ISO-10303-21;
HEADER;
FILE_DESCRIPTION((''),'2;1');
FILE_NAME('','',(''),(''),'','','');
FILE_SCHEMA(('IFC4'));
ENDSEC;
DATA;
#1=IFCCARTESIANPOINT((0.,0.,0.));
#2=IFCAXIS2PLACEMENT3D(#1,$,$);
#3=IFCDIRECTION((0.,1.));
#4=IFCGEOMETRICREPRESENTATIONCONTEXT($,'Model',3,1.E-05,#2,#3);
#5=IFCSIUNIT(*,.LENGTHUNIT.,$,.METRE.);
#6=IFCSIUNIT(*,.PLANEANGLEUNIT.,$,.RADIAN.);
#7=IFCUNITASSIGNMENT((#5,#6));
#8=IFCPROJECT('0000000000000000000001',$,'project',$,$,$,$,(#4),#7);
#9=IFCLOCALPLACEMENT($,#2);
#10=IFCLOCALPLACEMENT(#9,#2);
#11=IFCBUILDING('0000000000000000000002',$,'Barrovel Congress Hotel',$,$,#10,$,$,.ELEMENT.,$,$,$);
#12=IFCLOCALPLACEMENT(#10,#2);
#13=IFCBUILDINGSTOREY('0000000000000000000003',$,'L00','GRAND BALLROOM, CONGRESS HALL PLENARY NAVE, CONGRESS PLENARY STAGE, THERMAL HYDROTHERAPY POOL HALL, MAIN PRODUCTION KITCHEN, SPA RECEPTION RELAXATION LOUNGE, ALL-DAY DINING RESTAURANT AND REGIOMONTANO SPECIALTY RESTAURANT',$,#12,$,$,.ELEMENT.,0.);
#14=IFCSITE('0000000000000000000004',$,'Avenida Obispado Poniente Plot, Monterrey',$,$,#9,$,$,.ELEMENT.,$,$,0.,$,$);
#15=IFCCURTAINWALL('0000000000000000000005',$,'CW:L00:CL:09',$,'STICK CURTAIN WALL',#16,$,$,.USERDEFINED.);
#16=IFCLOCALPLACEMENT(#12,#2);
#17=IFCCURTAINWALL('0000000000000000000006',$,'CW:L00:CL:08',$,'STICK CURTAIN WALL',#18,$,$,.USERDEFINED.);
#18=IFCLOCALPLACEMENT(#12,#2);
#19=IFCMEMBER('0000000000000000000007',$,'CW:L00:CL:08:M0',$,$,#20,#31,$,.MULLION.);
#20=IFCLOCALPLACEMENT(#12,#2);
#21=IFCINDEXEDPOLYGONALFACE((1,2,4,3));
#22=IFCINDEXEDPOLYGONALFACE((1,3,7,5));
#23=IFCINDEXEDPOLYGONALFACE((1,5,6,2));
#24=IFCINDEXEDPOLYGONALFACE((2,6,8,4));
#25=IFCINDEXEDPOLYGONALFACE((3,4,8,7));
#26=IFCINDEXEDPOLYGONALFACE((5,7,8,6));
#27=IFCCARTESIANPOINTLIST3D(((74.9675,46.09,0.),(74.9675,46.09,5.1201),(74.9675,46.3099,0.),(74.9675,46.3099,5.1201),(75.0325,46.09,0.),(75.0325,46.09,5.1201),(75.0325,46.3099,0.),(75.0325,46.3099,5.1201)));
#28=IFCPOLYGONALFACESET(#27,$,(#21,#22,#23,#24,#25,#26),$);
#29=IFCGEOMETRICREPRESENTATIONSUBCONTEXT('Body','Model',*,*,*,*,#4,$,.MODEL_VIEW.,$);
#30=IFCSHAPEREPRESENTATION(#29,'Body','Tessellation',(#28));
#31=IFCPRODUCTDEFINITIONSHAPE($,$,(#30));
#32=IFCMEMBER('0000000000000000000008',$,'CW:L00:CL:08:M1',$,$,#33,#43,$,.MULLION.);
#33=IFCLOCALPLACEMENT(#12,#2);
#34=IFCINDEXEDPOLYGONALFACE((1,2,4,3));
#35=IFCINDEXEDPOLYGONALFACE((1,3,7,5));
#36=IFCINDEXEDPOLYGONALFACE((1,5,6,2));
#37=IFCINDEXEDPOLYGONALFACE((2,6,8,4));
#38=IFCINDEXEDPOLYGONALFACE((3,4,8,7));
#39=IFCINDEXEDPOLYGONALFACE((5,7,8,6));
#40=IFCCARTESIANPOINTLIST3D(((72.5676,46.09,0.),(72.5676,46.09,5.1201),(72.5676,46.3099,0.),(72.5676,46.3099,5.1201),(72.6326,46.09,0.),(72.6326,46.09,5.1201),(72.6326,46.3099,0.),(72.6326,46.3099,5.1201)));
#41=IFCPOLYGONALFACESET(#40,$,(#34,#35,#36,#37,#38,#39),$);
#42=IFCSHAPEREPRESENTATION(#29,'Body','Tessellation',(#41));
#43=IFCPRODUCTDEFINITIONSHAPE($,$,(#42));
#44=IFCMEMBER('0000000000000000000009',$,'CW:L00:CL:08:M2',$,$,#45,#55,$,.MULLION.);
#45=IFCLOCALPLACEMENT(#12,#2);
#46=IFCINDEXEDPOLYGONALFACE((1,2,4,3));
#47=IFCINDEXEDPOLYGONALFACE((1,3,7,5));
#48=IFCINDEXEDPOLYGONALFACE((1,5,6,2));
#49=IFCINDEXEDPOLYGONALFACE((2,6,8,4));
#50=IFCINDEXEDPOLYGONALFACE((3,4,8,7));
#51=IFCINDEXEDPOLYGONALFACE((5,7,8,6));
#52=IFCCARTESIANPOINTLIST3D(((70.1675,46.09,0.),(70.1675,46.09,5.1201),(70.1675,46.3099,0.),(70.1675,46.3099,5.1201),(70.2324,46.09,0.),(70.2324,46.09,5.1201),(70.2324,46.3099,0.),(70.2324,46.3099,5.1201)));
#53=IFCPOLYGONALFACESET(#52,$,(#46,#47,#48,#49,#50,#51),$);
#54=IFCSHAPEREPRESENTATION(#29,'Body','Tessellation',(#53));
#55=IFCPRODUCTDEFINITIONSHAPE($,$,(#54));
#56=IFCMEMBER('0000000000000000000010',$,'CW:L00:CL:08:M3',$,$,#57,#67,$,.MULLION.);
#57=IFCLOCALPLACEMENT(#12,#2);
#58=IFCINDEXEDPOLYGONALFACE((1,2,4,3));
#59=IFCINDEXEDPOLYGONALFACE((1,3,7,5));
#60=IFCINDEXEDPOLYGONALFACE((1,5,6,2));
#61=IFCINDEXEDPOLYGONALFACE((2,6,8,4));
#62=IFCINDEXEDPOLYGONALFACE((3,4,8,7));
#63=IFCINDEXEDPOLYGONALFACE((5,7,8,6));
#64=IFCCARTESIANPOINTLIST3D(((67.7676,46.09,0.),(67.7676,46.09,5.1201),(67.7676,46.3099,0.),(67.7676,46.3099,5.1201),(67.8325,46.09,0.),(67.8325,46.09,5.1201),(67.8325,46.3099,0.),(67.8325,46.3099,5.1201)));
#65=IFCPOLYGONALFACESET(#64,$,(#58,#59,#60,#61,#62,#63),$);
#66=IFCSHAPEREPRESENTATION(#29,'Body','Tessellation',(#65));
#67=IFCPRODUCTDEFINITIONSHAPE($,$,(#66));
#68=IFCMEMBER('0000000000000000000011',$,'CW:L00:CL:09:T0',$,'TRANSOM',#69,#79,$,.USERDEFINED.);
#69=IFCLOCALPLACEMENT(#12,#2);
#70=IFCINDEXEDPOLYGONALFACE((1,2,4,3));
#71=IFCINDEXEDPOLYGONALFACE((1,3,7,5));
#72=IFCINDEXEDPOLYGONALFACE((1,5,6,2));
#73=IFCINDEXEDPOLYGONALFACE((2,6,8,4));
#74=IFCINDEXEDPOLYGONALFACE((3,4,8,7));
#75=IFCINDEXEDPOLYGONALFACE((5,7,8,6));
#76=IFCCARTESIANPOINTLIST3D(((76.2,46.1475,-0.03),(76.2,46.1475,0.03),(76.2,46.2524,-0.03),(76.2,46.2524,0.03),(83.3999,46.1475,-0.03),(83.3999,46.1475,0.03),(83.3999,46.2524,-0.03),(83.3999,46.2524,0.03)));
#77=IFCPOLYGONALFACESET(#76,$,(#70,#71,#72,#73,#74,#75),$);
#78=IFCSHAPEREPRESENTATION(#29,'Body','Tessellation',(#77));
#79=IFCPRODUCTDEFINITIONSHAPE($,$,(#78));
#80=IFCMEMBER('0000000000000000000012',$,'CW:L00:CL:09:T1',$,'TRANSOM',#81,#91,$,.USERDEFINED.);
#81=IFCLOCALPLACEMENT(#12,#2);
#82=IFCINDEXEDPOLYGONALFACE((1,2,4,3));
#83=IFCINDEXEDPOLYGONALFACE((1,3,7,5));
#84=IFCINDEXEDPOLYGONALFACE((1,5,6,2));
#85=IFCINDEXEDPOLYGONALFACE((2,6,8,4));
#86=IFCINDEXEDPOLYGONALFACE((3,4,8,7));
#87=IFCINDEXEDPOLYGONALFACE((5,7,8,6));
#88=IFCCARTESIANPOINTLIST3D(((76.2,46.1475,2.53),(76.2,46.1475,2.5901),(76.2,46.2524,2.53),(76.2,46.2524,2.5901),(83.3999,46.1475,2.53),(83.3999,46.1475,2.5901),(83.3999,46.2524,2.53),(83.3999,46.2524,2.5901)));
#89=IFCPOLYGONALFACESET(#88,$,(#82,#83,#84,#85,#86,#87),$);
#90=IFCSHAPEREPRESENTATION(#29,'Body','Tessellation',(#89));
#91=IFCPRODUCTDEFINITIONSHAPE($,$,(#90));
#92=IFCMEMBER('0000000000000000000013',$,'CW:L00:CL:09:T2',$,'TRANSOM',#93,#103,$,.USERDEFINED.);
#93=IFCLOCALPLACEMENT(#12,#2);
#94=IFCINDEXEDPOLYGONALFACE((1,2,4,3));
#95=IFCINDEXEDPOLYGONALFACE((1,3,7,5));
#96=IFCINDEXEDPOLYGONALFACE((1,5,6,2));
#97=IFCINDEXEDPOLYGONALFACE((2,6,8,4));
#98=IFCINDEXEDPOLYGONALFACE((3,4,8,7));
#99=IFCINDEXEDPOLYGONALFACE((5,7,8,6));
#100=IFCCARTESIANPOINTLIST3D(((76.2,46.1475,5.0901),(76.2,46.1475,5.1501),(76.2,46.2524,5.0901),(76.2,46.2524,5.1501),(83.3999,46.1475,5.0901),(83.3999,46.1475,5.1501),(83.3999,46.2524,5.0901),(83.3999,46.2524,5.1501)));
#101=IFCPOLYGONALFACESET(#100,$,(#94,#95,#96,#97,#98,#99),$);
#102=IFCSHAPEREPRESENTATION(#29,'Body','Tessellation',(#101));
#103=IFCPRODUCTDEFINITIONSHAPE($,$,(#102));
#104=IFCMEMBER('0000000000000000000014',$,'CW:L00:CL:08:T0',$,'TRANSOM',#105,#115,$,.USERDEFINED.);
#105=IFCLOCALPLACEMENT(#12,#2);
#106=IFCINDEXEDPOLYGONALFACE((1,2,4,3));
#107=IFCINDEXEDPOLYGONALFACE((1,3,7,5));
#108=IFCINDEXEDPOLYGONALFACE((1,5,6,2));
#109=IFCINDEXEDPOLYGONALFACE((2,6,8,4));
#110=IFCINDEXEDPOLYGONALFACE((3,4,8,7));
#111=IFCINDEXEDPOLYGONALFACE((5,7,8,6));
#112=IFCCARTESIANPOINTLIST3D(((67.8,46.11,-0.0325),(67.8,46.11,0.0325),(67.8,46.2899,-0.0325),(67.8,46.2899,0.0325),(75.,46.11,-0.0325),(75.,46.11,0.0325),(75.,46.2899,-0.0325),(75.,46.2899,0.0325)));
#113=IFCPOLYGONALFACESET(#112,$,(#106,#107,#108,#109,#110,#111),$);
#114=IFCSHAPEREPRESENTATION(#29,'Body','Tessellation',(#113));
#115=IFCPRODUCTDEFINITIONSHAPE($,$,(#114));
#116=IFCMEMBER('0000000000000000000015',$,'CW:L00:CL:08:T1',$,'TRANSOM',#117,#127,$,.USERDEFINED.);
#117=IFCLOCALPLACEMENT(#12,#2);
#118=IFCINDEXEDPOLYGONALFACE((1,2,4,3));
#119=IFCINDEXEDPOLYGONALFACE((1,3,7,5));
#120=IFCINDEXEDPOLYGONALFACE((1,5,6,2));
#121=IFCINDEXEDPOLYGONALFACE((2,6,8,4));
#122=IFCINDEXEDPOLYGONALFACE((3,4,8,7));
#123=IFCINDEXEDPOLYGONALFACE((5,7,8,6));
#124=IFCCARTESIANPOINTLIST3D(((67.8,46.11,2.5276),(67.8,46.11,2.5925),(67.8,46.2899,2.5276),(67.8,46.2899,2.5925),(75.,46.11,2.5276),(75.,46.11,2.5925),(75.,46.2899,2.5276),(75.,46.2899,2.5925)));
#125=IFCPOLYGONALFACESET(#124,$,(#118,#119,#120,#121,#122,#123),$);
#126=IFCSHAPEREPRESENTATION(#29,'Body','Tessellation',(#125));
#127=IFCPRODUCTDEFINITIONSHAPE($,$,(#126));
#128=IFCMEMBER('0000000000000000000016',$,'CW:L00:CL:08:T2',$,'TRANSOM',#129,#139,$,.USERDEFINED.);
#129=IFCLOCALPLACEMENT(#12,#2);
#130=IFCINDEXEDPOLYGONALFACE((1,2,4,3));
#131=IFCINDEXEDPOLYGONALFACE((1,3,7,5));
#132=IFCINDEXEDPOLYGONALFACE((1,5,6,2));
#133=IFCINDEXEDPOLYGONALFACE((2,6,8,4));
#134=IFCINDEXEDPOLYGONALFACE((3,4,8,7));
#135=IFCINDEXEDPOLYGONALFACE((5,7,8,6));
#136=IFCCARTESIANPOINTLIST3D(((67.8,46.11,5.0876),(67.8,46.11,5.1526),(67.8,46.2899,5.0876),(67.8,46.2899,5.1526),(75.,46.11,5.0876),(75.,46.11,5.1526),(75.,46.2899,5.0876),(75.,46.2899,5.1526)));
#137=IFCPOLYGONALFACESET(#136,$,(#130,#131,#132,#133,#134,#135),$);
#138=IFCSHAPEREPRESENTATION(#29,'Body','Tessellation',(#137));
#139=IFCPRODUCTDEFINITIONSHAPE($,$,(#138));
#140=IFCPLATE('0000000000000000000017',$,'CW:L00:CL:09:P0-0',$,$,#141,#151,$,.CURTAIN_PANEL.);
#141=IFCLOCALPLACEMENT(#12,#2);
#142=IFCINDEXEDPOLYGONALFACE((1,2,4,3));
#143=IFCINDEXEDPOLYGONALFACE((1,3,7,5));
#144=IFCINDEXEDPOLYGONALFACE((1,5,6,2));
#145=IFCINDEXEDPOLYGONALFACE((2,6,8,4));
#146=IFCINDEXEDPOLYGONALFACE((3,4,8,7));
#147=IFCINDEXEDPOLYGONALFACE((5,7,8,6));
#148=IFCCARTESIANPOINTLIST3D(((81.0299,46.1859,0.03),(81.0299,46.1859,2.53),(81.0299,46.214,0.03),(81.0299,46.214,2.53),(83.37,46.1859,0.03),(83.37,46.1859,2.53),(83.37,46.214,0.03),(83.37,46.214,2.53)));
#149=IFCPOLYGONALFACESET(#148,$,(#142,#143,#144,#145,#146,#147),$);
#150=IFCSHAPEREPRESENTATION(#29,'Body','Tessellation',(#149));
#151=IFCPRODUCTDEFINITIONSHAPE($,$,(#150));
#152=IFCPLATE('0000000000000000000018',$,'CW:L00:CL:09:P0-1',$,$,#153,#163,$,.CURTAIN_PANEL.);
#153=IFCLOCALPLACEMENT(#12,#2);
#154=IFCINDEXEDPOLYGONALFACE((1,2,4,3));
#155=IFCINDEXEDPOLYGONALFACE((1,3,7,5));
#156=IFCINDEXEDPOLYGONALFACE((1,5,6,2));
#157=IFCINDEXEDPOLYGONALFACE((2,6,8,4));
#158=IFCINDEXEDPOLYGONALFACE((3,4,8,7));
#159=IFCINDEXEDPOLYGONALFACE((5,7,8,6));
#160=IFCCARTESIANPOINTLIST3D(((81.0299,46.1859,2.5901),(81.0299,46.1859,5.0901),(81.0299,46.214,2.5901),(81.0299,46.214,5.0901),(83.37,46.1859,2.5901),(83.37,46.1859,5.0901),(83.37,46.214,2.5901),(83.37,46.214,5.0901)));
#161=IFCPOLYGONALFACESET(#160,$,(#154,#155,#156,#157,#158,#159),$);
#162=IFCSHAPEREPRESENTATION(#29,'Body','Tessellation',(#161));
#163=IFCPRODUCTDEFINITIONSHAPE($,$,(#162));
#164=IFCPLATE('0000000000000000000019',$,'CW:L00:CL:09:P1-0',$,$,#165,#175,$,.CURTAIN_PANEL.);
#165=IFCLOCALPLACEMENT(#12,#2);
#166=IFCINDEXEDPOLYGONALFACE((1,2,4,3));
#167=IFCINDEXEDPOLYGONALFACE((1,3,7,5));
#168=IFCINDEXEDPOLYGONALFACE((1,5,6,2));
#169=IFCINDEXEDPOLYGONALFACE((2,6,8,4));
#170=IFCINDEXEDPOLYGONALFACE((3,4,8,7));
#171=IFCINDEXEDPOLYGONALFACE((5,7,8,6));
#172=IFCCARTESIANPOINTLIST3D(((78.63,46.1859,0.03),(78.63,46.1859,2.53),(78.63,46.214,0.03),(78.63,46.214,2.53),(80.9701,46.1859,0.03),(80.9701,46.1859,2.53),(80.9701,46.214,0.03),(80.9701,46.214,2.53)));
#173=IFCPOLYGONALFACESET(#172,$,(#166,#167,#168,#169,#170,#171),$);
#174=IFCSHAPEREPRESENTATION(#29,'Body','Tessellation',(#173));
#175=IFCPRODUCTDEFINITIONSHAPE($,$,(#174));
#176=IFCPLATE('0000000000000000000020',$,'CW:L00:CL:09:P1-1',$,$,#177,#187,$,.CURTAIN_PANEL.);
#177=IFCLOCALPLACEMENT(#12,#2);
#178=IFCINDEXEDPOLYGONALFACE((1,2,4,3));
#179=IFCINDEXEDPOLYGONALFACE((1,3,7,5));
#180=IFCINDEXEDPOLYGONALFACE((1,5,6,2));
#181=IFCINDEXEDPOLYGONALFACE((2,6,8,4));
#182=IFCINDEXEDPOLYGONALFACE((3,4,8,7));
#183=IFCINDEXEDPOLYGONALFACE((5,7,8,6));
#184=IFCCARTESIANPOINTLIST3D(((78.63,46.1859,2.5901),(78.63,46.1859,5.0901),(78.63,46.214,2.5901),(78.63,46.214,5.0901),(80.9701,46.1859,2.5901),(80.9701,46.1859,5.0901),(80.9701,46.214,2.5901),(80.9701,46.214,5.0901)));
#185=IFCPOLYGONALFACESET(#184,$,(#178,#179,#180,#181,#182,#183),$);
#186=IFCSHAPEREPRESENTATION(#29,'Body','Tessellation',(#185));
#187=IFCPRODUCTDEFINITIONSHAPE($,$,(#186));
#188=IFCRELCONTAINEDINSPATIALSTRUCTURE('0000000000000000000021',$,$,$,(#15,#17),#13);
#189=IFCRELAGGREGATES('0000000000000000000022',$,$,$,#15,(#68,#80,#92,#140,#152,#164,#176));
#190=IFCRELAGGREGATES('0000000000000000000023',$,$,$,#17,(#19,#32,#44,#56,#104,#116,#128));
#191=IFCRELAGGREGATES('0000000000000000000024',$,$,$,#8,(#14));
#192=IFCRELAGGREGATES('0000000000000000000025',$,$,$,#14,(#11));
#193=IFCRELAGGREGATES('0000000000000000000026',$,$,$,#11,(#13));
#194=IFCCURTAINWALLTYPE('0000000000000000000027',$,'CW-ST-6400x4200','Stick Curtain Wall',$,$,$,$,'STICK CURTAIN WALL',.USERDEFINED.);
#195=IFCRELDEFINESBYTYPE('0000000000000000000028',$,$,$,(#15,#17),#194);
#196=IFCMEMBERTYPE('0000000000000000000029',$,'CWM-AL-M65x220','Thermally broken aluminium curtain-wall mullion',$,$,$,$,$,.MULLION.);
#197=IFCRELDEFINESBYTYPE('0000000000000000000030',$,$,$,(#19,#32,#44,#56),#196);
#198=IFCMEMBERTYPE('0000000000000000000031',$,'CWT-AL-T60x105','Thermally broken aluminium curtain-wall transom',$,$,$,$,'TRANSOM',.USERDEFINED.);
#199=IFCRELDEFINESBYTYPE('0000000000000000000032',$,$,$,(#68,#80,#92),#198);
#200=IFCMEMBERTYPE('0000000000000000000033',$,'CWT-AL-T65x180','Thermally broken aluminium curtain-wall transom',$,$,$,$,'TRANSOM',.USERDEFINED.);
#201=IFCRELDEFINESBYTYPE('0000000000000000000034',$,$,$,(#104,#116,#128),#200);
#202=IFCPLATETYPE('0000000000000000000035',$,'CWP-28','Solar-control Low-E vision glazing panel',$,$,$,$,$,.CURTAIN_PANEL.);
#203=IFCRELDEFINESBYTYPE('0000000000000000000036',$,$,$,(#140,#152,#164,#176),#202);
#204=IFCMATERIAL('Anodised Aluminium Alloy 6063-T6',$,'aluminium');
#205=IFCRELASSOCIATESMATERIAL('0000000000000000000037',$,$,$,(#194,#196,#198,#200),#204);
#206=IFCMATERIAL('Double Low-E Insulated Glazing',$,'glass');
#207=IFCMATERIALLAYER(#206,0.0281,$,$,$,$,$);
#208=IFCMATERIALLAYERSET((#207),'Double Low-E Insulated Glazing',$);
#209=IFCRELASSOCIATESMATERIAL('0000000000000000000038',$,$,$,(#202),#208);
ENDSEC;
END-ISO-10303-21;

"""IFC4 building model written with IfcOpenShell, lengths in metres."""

from ifc_helpers import new_model, si_unit, direction, frame, origin, origin_2d, place, context, subcontext, project, spatial, rectangle, extrude, material, layer, layer_set, material_profile, profile_set, type_object, element, aggregate, save


model = new_model("IFC4")

# Units and contexts
model_context = context("Model", 3, precision=1e-05, world=origin(), true_north=direction((0.0, 1.0)))
body_context = subcontext(model_context, "Body", "Model", "MODEL_VIEW")
ifc_project = project(units=[si_unit("LENGTHUNIT", "METRE"), si_unit("PLANEANGLEUNIT", "RADIAN")], contexts=[model_context])

# Site, building, storey
site_placement = place(None, origin())
site = spatial("IfcSite", under=ifc_project, at=site_placement, Name="Avenida Obispado Poniente Plot, Monterrey", CompositionType="ELEMENT", RefElevation=0.0)
building_placement = place(site_placement, origin())
building = spatial("IfcBuilding", under=site, at=building_placement, Name="Barrovel Congress Hotel", CompositionType="ELEMENT")
storey_placement = place(building_placement, origin())
storey = spatial("IfcBuildingStorey", under=building, at=storey_placement, Name="L00", Description="GRAND BALLROOM, CONGRESS HALL PLENARY NAVE, CONGRESS PLENARY STAGE, THERMAL HYDROTHERAPY POOL HALL, MAIN PRODUCTION KITCHEN, SPA RECEPTION RELAXATION LOUNGE, ALL-DAY DINING RESTAURANT AND REGIOMONTANO SPECIALTY RESTAURANT", CompositionType="ELEMENT", Elevation=0.0)

# Curtain walls, members
ifc_material_1 = material(Name="Anodised Aluminium Alloy 6063-T6", Category="aluminium")
curtain_wall_type = type_object("IfcCurtainWallType", Name="CW-ST-6400x4200", Description="Stick Curtain Wall", ElementType="STICK CURTAIN WALL", PredefinedType="USERDEFINED", material=ifc_material_1)
curtain_wall_1_placement = place(storey_placement, origin())
curtain_wall_1 = element("IfcCurtainWall", 1, at=curtain_wall_1_placement, inside=storey, type_object=curtain_wall_type, Name="CW:L00:CL:09", ObjectType="STICK CURTAIN WALL", PredefinedType="USERDEFINED")
curtain_wall_2_placement = place(storey_placement, origin())
curtain_wall_2 = element("IfcCurtainWall", 2, at=curtain_wall_2_placement, inside=storey, type_object=curtain_wall_type, Name="CW:L00:CL:08", ObjectType="STICK CURTAIN WALL", PredefinedType="USERDEFINED")
ifc_material_profile_1 = material_profile(ifc_material_1, rectangle(XDim=0.0649, YDim=0.22, at=origin_2d()), Name="AL-M65x220")
ifc_profile_set_1 = profile_set([ifc_material_profile_1], Name="Anodised Aluminium Alloy 6063-T6")
member_type_1 = type_object("IfcMemberType", Name="CWM-AL-M65x220", Description="Thermally broken aluminium curtain-wall mullion", PredefinedType="MULLION", material=ifc_profile_set_1)
member_1_placement = place(storey_placement, frame((75.0, 46.2, 0.0), z_axis=(0.0, 0.0, 1.0), x_axis=(1.0, 0.0, 0.0)))
member_1 = element("IfcMember", 3, at=member_1_placement, type_object=member_type_1, Name="CW:L00:CL:08:M0", PredefinedType="MULLION", context=body_context, shape_type="SweptSolid", body=[
    extrude(rectangle(XDim=0.0649, YDim=0.22, at=origin_2d()), origin(), (0.0, 0.0, 1.0), 5.1201),
])
member_2_placement = place(storey_placement, frame((72.6001, 46.2, 0.0), z_axis=(0.0, 0.0, 1.0), x_axis=(1.0, 0.0, 0.0)))
member_2 = element("IfcMember", 4, at=member_2_placement, type_object=member_type_1, Name="CW:L00:CL:08:M1", PredefinedType="MULLION", context=body_context, shape_type="SweptSolid", body=[
    extrude(rectangle(XDim=0.0649, YDim=0.22, at=origin_2d()), origin(), (0.0, 0.0, 1.0), 5.1201),
])
member_3_placement = place(storey_placement, frame((70.2, 46.2, 0.0), z_axis=(0.0, 0.0, 1.0), x_axis=(1.0, 0.0, 0.0)))
member_3 = element("IfcMember", 5, at=member_3_placement, type_object=member_type_1, Name="CW:L00:CL:08:M2", PredefinedType="MULLION", context=body_context, shape_type="SweptSolid", body=[
    extrude(rectangle(XDim=0.0649, YDim=0.22, at=origin_2d()), origin(), (0.0, 0.0, 1.0), 5.1201),
])
member_4_placement = place(storey_placement, frame((67.8, 46.2, 0.0), z_axis=(0.0, 0.0, 1.0), x_axis=(1.0, 0.0, 0.0)))
member_4 = element("IfcMember", 6, at=member_4_placement, type_object=member_type_1, Name="CW:L00:CL:08:M3", PredefinedType="MULLION", context=body_context, shape_type="SweptSolid", body=[
    extrude(rectangle(XDim=0.0649, YDim=0.22, at=origin_2d()), origin(), (0.0, 0.0, 1.0), 5.1201),
])

# Members
ifc_material_profile_2 = material_profile(ifc_material_1, rectangle(XDim=0.105, YDim=0.0601, at=origin_2d()), Name="AL-T60x105")
ifc_profile_set_2 = profile_set([ifc_material_profile_2], Name="Anodised Aluminium Alloy 6063-T6")
member_type_2 = type_object("IfcMemberType", Name="CWT-AL-T60x105", Description="Thermally broken aluminium curtain-wall transom", ElementType="TRANSOM", PredefinedType="USERDEFINED", material=ifc_profile_set_2)
member_5_placement = place(storey_placement, frame((83.3999, 46.2, 0.0), z_axis=(-1.0, 0.0, 0.0), x_axis=(0.0, -1.0, 0.0)))
member_5 = element("IfcMember", 7, at=member_5_placement, type_object=member_type_2, Name="CW:L00:CL:09:T0", ObjectType="TRANSOM", PredefinedType="USERDEFINED", context=body_context, shape_type="SweptSolid", body=[
    extrude(rectangle(XDim=0.105, YDim=0.0601, at=origin_2d()), origin(), (0.0, 0.0, 1.0), 7.2),
])
member_6_placement = place(storey_placement, frame((83.3999, 46.2, 2.5601), z_axis=(-1.0, 0.0, 0.0), x_axis=(0.0, -1.0, 0.0)))
member_6 = element("IfcMember", 8, at=member_6_placement, type_object=member_type_2, Name="CW:L00:CL:09:T1", ObjectType="TRANSOM", PredefinedType="USERDEFINED", context=body_context, shape_type="SweptSolid", body=[
    extrude(rectangle(XDim=0.105, YDim=0.0601, at=origin_2d()), origin(), (0.0, 0.0, 1.0), 7.2),
])
member_7_placement = place(storey_placement, frame((83.3999, 46.2, 5.1201), z_axis=(-1.0, 0.0, 0.0), x_axis=(0.0, -1.0, 0.0)))
member_7 = element("IfcMember", 9, at=member_7_placement, type_object=member_type_2, Name="CW:L00:CL:09:T2", ObjectType="TRANSOM", PredefinedType="USERDEFINED", context=body_context, shape_type="SweptSolid", body=[
    extrude(rectangle(XDim=0.105, YDim=0.0601, at=origin_2d()), origin(), (0.0, 0.0, 1.0), 7.2),
])
ifc_material_profile_3 = material_profile(ifc_material_1, rectangle(XDim=0.1799, YDim=0.0649, at=origin_2d()), Name="AL-T65x180")
ifc_profile_set_3 = profile_set([ifc_material_profile_3], Name="Anodised Aluminium Alloy 6063-T6")
member_type_3 = type_object("IfcMemberType", Name="CWT-AL-T65x180", Description="Thermally broken aluminium curtain-wall transom", ElementType="TRANSOM", PredefinedType="USERDEFINED", material=ifc_profile_set_3)
member_8_placement = place(storey_placement, frame((75.0, 46.2, 0.0), z_axis=(-1.0, 0.0, 0.0), x_axis=(0.0, -1.0, 0.0)))
member_8 = element("IfcMember", 10, at=member_8_placement, type_object=member_type_3, Name="CW:L00:CL:08:T0", ObjectType="TRANSOM", PredefinedType="USERDEFINED", context=body_context, shape_type="SweptSolid", body=[
    extrude(rectangle(XDim=0.1799, YDim=0.0649, at=origin_2d()), origin(), (0.0, 0.0, 1.0), 7.2),
])
member_9_placement = place(storey_placement, frame((75.0, 46.2, 2.5601), z_axis=(-1.0, 0.0, 0.0), x_axis=(0.0, -1.0, 0.0)))
member_9 = element("IfcMember", 11, at=member_9_placement, type_object=member_type_3, Name="CW:L00:CL:08:T1", ObjectType="TRANSOM", PredefinedType="USERDEFINED", context=body_context, shape_type="SweptSolid", body=[
    extrude(rectangle(XDim=0.1799, YDim=0.0649, at=origin_2d()), origin(), (0.0, 0.0, 1.0), 7.2),
])
member_10_placement = place(storey_placement, frame((75.0, 46.2, 5.1201), z_axis=(-1.0, 0.0, 0.0), x_axis=(0.0, -1.0, 0.0)))
member_10 = element("IfcMember", 12, at=member_10_placement, type_object=member_type_3, Name="CW:L00:CL:08:T2", ObjectType="TRANSOM", PredefinedType="USERDEFINED", context=body_context, shape_type="SweptSolid", body=[
    extrude(rectangle(XDim=0.1799, YDim=0.0649, at=origin_2d()), origin(), (0.0, 0.0, 1.0), 7.2),
])

# Plates
ifc_material_2 = material(Name="Double Low-E Insulated Glazing", Category="glass")
ifc_layer_1 = layer(ifc_material_2, 0.0281)
ifc_layer_set_1 = layer_set([ifc_layer_1], Name="Double Low-E Insulated Glazing")
plate_type_1 = type_object("IfcPlateType", Name="CWP-28", Description="Solar-control Low-E vision glazing panel", PredefinedType="CURTAIN_PANEL", material=ifc_layer_set_1)
plate_1_placement = place(storey_placement, frame((82.2, 46.2, 0.03), z_axis=(0.0, 0.0, 1.0), x_axis=(-1.0, 0.0, 0.0)))
plate_1 = element("IfcPlate", 13, at=plate_1_placement, type_object=plate_type_1, Name="CW:L00:CL:09:P0-0", PredefinedType="CURTAIN_PANEL", context=body_context, shape_type="SweptSolid", body=[
    extrude(rectangle(XDim=2.3401, YDim=0.0281, at=origin_2d()), origin(), (0.0, 0.0, 1.0), 2.5),
])
plate_2_placement = place(storey_placement, frame((82.2, 46.2, 2.5901), z_axis=(0.0, 0.0, 1.0), x_axis=(-1.0, 0.0, 0.0)))
plate_2 = element("IfcPlate", 14, at=plate_2_placement, type_object=plate_type_1, Name="CW:L00:CL:09:P0-1", PredefinedType="CURTAIN_PANEL", context=body_context, shape_type="SweptSolid", body=[
    extrude(rectangle(XDim=2.3401, YDim=0.0281, at=origin_2d()), origin(), (0.0, 0.0, 1.0), 2.5),
])
plate_3_placement = place(storey_placement, frame((79.8, 46.2, 0.03), z_axis=(0.0, 0.0, 1.0), x_axis=(-1.0, 0.0, 0.0)))
plate_3 = element("IfcPlate", 15, at=plate_3_placement, type_object=plate_type_1, Name="CW:L00:CL:09:P1-0", PredefinedType="CURTAIN_PANEL", context=body_context, shape_type="SweptSolid", body=[
    extrude(rectangle(XDim=2.3401, YDim=0.0281, at=origin_2d()), origin(), (0.0, 0.0, 1.0), 2.5),
])
plate_4_placement = place(storey_placement, frame((79.8, 46.2, 2.5901), z_axis=(0.0, 0.0, 1.0), x_axis=(-1.0, 0.0, 0.0)))
plate_4 = element("IfcPlate", 16, at=plate_4_placement, type_object=plate_type_1, Name="CW:L00:CL:09:P1-1", PredefinedType="CURTAIN_PANEL", context=body_context, shape_type="SweptSolid", body=[
    extrude(rectangle(XDim=2.3401, YDim=0.0281, at=origin_2d()), origin(), (0.0, 0.0, 1.0), 2.5),
])
aggregate(curtain_wall_1, [member_5, member_6, member_7, plate_1, plate_2, plate_3, plate_4])
aggregate(curtain_wall_2, [member_1, member_2, member_3, member_4, member_8, member_9, member_10])

save(model, "model.ifc")
